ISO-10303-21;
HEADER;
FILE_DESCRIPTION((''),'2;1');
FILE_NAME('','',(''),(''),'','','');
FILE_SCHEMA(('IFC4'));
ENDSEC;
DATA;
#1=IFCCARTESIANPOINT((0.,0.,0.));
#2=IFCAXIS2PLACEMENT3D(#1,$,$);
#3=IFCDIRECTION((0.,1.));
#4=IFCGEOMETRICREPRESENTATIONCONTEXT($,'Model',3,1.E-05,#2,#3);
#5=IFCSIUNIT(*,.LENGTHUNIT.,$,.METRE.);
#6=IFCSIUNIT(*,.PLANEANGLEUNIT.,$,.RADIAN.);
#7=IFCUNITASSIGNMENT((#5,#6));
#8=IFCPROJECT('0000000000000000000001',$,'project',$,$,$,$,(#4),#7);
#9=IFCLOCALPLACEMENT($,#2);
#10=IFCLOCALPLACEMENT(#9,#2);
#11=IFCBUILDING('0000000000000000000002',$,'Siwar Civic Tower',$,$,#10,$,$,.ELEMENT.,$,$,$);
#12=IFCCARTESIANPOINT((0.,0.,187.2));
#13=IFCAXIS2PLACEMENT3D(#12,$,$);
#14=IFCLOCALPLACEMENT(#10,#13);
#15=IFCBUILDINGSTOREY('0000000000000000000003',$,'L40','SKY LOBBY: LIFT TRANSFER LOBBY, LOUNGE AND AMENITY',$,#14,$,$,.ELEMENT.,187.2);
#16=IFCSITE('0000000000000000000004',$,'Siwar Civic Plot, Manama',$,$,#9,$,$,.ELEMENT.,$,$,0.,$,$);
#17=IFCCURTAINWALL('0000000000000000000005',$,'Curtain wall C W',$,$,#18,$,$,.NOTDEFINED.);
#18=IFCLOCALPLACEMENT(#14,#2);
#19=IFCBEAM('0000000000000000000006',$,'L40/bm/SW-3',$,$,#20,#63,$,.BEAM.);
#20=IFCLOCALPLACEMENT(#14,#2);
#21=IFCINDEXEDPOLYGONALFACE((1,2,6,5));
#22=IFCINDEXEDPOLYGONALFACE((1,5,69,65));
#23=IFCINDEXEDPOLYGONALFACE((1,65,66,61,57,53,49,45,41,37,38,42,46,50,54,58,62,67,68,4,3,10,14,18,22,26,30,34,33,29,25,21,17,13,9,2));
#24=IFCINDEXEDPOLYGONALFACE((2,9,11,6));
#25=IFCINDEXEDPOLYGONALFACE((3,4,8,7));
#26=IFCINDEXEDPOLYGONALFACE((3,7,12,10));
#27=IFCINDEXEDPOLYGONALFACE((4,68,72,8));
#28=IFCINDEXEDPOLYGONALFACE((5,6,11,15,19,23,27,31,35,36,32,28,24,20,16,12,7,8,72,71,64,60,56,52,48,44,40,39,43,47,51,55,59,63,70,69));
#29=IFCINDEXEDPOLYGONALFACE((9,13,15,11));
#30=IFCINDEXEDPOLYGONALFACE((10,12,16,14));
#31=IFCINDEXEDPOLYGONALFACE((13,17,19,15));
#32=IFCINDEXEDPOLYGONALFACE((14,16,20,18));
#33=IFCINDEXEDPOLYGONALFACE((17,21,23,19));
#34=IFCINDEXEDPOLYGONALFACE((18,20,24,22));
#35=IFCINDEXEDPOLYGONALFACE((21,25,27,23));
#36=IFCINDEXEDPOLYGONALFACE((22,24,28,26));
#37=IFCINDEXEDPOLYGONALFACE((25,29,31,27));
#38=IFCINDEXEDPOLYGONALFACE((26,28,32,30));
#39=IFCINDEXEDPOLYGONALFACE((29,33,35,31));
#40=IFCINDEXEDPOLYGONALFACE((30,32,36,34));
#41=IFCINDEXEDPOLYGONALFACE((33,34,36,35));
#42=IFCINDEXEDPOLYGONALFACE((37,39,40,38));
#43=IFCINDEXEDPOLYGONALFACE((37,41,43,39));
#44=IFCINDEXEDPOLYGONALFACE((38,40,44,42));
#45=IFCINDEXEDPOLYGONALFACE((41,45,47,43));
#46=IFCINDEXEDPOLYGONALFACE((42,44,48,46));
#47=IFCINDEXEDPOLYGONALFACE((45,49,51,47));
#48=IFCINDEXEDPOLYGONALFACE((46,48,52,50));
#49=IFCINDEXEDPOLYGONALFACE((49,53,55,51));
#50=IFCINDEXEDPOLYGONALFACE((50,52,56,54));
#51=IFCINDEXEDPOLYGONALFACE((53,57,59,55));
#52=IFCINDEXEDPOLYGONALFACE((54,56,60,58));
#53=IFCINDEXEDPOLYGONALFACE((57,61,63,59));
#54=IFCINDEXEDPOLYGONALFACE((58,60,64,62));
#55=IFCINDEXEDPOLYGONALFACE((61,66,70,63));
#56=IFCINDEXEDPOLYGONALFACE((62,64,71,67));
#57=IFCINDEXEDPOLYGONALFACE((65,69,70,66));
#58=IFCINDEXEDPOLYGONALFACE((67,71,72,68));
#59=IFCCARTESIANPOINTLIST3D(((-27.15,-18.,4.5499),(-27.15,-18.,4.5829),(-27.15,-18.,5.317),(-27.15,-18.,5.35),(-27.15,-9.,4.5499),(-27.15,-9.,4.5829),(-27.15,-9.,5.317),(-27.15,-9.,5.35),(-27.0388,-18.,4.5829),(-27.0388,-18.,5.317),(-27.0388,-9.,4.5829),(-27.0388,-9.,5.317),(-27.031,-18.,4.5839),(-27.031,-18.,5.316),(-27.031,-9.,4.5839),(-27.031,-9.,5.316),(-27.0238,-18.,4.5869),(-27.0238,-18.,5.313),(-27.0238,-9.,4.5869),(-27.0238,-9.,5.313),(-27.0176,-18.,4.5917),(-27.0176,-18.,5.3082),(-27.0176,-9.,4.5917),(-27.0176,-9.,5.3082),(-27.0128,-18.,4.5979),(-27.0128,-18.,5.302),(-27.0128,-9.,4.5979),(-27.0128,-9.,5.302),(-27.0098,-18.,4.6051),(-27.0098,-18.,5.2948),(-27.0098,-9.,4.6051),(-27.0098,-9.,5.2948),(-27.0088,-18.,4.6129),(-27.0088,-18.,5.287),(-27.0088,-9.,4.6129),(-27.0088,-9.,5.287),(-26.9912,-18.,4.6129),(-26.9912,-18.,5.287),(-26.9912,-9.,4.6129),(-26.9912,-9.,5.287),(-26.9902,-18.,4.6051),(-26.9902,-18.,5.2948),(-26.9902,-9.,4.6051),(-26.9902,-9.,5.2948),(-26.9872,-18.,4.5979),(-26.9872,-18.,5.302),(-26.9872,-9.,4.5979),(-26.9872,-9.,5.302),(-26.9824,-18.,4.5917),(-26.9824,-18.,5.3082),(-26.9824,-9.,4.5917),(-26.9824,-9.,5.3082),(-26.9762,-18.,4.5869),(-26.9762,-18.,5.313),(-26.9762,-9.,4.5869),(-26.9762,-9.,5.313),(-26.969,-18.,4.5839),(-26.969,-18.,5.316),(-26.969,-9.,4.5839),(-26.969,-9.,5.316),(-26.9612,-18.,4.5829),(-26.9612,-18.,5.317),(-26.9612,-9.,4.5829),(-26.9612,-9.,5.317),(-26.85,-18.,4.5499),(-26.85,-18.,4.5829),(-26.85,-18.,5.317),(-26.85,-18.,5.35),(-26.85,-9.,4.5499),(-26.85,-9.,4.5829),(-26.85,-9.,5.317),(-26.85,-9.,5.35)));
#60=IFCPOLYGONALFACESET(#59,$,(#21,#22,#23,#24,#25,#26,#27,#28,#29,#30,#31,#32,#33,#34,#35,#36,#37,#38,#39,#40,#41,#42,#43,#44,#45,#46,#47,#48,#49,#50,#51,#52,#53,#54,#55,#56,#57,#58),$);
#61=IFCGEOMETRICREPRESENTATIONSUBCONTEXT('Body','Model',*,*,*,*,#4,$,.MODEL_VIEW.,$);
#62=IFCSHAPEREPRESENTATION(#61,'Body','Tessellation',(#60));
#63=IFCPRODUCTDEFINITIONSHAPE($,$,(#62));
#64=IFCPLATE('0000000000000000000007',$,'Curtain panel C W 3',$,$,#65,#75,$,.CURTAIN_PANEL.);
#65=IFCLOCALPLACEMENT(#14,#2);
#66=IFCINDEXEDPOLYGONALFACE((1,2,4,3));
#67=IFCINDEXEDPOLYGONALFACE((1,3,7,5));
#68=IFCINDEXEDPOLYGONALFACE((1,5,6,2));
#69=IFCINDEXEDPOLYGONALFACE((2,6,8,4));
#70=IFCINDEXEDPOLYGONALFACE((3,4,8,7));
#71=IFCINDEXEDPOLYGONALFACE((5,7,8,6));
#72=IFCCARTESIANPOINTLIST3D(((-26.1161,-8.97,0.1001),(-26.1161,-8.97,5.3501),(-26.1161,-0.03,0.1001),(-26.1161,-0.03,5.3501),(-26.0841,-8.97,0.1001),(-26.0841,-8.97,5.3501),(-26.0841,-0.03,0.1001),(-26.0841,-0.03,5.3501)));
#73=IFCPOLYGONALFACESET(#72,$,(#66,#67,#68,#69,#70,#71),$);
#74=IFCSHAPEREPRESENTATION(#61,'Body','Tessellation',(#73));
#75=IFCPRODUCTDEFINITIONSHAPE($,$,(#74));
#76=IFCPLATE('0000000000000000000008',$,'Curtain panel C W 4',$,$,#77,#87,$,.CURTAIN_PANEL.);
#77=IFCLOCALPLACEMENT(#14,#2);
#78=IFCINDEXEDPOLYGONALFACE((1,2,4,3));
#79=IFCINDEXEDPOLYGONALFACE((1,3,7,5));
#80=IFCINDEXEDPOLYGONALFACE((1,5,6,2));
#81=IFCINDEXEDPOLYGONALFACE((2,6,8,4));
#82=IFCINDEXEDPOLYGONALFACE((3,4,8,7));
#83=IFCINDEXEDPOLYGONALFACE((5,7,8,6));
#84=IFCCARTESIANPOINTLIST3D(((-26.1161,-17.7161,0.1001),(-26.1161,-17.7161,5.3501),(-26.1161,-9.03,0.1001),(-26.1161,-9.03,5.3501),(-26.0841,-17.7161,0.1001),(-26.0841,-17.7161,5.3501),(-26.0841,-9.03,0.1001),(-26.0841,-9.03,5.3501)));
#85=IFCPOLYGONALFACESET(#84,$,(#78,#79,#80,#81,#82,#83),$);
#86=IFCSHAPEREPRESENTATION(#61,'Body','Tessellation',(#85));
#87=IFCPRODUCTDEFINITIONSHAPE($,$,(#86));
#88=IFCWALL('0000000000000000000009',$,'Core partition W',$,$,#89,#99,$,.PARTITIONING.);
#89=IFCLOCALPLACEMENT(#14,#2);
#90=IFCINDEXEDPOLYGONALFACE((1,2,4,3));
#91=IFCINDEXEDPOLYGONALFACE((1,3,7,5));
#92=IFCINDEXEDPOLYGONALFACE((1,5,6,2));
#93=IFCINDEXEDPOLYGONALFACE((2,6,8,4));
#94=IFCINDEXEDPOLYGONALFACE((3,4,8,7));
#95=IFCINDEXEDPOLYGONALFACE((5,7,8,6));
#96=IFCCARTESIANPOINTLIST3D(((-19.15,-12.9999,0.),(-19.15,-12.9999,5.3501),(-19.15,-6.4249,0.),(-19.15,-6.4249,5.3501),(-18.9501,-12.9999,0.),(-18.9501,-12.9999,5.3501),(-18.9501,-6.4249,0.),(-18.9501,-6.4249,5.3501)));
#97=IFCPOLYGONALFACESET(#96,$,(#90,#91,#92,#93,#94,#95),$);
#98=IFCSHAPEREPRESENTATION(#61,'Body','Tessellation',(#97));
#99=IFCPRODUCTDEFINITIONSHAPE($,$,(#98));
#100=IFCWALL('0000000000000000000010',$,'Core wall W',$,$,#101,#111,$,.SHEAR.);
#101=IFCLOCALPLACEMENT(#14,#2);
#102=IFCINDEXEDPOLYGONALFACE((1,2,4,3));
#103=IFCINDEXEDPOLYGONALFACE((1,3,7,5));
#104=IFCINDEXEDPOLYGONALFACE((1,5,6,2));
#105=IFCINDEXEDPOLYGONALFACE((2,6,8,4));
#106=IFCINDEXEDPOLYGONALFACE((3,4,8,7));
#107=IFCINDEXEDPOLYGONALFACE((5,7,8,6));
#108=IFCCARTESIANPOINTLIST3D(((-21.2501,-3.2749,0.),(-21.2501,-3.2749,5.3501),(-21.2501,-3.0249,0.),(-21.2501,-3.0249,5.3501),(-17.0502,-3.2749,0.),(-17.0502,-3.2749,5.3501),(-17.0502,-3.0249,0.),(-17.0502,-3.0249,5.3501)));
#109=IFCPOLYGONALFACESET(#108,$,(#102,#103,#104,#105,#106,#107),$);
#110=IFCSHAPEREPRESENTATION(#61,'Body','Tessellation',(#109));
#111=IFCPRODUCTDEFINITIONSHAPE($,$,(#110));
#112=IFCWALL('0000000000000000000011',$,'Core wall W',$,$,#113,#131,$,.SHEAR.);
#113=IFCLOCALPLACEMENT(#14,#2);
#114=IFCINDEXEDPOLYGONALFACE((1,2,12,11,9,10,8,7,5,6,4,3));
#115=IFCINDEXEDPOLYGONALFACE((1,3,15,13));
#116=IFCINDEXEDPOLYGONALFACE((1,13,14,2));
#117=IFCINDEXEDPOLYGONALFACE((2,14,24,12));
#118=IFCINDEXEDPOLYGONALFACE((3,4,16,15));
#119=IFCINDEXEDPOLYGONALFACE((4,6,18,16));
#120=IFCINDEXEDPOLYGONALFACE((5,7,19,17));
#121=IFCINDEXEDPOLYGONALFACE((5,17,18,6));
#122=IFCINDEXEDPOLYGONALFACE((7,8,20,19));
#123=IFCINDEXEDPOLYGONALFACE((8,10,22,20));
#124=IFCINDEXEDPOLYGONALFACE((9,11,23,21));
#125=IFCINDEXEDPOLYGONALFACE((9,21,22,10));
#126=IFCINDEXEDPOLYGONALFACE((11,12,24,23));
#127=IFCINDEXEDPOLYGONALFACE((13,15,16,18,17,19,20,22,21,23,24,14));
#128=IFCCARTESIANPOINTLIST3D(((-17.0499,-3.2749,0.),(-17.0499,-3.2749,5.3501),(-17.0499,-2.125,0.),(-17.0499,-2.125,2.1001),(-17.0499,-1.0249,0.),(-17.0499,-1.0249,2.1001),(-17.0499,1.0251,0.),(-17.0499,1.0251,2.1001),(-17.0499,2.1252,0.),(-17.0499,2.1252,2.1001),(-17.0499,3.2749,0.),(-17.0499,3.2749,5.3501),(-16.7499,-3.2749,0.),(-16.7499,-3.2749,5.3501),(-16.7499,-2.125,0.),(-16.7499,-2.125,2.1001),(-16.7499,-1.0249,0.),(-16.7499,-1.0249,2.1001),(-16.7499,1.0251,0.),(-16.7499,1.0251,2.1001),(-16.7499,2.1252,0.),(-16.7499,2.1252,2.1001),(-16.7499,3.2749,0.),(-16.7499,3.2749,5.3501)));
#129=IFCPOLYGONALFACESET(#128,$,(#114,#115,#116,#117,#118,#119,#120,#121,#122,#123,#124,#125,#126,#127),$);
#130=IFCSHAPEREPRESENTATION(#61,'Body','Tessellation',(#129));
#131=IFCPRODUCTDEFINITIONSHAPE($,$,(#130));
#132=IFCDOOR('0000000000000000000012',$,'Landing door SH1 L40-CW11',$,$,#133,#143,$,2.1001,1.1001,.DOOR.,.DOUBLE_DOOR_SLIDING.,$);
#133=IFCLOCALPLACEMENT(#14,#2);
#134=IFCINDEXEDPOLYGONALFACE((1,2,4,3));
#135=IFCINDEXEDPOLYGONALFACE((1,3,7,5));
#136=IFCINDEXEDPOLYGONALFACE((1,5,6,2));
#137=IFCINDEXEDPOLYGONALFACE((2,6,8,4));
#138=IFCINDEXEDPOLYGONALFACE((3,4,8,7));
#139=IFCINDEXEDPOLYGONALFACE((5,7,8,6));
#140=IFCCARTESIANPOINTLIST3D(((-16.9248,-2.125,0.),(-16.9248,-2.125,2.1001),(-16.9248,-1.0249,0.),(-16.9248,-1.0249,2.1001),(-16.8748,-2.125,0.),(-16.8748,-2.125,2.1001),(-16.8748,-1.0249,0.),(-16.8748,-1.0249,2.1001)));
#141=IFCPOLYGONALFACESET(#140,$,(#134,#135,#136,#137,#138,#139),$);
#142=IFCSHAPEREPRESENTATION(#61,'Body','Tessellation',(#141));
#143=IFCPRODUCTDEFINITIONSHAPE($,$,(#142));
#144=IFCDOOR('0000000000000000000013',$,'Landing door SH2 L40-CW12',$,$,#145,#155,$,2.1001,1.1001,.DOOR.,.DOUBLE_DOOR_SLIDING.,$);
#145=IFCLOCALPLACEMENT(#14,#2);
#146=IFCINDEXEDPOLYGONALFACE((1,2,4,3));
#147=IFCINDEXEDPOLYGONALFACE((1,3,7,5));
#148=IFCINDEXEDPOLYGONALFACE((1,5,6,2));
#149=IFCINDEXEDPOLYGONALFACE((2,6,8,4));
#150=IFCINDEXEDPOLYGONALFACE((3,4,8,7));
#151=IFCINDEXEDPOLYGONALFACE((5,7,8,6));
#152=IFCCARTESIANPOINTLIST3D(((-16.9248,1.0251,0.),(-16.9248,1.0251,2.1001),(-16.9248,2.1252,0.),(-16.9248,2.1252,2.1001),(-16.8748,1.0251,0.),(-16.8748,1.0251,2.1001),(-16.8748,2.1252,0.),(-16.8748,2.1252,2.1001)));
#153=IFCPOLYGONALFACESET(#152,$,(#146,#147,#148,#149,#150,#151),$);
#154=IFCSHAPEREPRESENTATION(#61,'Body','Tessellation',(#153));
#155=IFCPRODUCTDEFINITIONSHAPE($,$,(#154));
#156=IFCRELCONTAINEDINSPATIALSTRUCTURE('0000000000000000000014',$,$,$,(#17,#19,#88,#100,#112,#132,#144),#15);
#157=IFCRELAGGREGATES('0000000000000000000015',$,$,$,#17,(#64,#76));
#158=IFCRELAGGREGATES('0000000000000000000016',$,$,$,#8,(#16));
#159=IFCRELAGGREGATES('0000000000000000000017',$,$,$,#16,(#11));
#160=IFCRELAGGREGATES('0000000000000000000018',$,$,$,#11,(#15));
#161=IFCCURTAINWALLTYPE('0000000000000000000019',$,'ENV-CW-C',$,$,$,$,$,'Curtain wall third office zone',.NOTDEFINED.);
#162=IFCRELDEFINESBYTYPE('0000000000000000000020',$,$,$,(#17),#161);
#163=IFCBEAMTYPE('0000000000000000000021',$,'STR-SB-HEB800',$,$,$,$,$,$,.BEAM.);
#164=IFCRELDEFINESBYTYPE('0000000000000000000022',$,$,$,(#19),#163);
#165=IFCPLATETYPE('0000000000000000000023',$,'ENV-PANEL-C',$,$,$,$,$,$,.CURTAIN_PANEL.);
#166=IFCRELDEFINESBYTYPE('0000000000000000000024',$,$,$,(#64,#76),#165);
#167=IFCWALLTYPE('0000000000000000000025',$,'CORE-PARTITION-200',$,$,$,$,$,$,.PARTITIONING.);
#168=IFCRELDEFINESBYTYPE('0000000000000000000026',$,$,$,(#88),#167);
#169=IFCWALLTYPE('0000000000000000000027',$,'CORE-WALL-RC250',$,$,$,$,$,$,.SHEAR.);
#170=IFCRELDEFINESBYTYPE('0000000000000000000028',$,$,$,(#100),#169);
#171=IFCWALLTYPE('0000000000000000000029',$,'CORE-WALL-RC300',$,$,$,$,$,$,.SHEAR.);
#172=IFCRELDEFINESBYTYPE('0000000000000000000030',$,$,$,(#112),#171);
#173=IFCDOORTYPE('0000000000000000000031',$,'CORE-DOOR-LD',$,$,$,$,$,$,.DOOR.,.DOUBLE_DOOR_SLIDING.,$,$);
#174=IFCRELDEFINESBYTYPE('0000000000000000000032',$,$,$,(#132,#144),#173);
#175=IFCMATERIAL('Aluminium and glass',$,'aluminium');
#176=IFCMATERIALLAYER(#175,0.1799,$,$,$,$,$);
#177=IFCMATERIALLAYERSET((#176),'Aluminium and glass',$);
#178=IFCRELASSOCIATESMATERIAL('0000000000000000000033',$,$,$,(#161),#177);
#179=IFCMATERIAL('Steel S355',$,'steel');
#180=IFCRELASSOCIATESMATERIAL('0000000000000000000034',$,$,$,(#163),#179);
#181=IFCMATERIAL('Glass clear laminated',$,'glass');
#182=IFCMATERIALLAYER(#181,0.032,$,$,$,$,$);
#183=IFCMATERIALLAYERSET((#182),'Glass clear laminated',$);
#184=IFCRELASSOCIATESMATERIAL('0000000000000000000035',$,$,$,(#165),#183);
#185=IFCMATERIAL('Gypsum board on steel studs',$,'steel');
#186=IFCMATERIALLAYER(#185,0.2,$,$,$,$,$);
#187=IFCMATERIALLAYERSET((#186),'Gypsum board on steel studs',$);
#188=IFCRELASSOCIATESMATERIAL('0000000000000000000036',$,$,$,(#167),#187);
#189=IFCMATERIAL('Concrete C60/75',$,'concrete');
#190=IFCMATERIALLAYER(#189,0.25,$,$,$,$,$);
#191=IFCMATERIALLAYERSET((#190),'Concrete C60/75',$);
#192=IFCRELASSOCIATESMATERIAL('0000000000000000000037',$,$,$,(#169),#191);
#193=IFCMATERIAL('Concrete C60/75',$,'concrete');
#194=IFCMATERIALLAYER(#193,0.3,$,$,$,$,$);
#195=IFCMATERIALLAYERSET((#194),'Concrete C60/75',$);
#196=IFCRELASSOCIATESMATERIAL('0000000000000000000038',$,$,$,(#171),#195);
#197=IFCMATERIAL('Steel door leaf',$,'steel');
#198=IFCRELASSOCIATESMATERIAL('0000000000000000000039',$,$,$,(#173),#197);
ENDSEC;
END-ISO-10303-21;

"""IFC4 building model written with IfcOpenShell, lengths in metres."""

from ifc_helpers import new_model, si_unit, direction, frame, frame_2d, origin, origin_2d, place, context, subcontext, project, spatial, rectangle, i_section, extrude, material, layer, layer_set, material_profile, profile_set, type_object, element, fill, aggregate, save


model = new_model("IFC4")

# Units and contexts
model_context = context("Model", 3, precision=1e-05, world=origin(), true_north=direction((0.0, 1.0)))
body_context = subcontext(model_context, "Body", "Model", "MODEL_VIEW")
ifc_project = project(units=[si_unit("LENGTHUNIT", "METRE"), si_unit("PLANEANGLEUNIT", "RADIAN")], contexts=[model_context])

# Site, building, storey
site_placement = place(None, origin())
site = spatial("IfcSite", under=ifc_project, at=site_placement, Name="Siwar Civic Plot, Manama", CompositionType="ELEMENT", RefElevation=0.0)
building_placement = place(site_placement, origin())
building = spatial("IfcBuilding", under=site, at=building_placement, Name="Siwar Civic Tower", CompositionType="ELEMENT")
storey_placement = place(building_placement, frame((0.0, 0.0, 187.2)))
storey = spatial("IfcBuildingStorey", under=building, at=storey_placement, Name="L40", Description="SKY LOBBY: LIFT TRANSFER LOBBY, LOUNGE AND AMENITY", CompositionType="ELEMENT", Elevation=187.2)

# Curtain wall
ifc_material_1 = material(Name="Aluminium and glass", Category="aluminium")
ifc_layer_1 = layer(ifc_material_1, 0.1799)
ifc_layer_set_1 = layer_set([ifc_layer_1], Name="Aluminium and glass")
curtain_wall_type = type_object("IfcCurtainWallType", Name="ENV-CW-C", ElementType="Curtain wall third office zone", PredefinedType="NOTDEFINED", material=ifc_layer_set_1)
curtain_wall_placement = place(storey_placement, origin())
curtain_wall = element("IfcCurtainWall", 1, at=curtain_wall_placement, inside=storey, type_object=curtain_wall_type, Name="Curtain wall C W", PredefinedType="NOTDEFINED")

# Beam
ifc_material_2 = material(Name="Steel S355", Category="steel")
ifc_material_profile_1 = material_profile(ifc_material_2, i_section(OverallWidth=0.3, OverallDepth=0.8, WebThickness=0.0176, FlangeThickness=0.033, FilletRadius=0.03, at=origin_2d()), Name="HEB800")
ifc_profile_set_1 = profile_set([ifc_material_profile_1], Name="Steel S355")
beam_type_1 = type_object("IfcBeamType", Name="STR-SB-HEB800", PredefinedType="BEAM", material=ifc_profile_set_1)
for number, where, z_axis, x_axis, name in (
    (2, (-27.0, -9.0, 4.95), (0.0, -1.0, 0.0), (1.0, 0.0, 0.0), "L40/bm/SW-3"),
):
    element("IfcBeam", number, at=place(storey_placement, frame(where, z_axis=z_axis, x_axis=x_axis)), inside=storey, type_object=beam_type_1, Name=name, PredefinedType="BEAM", context=body_context, shape_type="SweptSolid", body=[
        extrude(i_section(OverallWidth=0.3, OverallDepth=0.8, WebThickness=0.0176, FlangeThickness=0.033, FilletRadius=0.03, at=origin_2d()), origin(), (0.0, 0.0, 1.0), 9.0),
    ])

# Plates
ifc_material_3 = material(Name="Glass clear laminated", Category="glass")
ifc_layer_2 = layer(ifc_material_3, 0.032)
ifc_layer_set_2 = layer_set([ifc_layer_2], Name="Glass clear laminated")
plate_type = type_object("IfcPlateType", Name="ENV-PANEL-C", PredefinedType="CURTAIN_PANEL", material=ifc_layer_set_2)
plate_1_placement = place(storey_placement, frame((-26.1001, -4.5, 0.1001), z_axis=(0.0, 0.0, 1.0), x_axis=(0.0, -1.0, 0.0)))
plate_1 = element("IfcPlate", 3, at=plate_1_placement, type_object=plate_type, Name="Curtain panel C W 3", PredefinedType="CURTAIN_PANEL", context=body_context, shape_type="SweptSolid", body=[
    extrude(rectangle(XDim=8.9399, YDim=0.032, at=origin_2d()), origin(), (0.0, 0.0, 1.0), 5.25),
])
plate_2_placement = place(storey_placement, frame((-26.1001, -13.373, 0.1001), z_axis=(0.0, 0.0, 1.0), x_axis=(0.0, -1.0, 0.0)))
plate_2 = element("IfcPlate", 4, at=plate_2_placement, type_object=plate_type, Name="Curtain panel C W 4", PredefinedType="CURTAIN_PANEL", context=body_context, shape_type="SweptSolid", body=[
    extrude(rectangle(XDim=8.686, YDim=0.032, at=origin_2d()), origin(), (0.0, 0.0, 1.0), 5.25),
])
aggregate(curtain_wall, [plate_1, plate_2])

# Walls
ifc_material_4 = material(Name="Gypsum board on steel studs", Category="steel")
ifc_layer_3 = layer(ifc_material_4, 0.2)
ifc_layer_set_3 = layer_set([ifc_layer_3], Name="Gypsum board on steel studs")
wall_type_1 = type_object("IfcWallType", Name="CORE-PARTITION-200", PredefinedType="PARTITIONING", material=ifc_layer_set_3)
wall_1_placement = place(storey_placement, frame((-19.05, -13.0, 0.0), z_axis=(0.0, 0.0, 1.0), x_axis=(0.0, 1.0, 0.0)))
element("IfcWall", 5, at=wall_1_placement, inside=storey, type_object=wall_type_1, Name="Core partition W", PredefinedType="PARTITIONING", context=body_context, shape_type="SweptSolid", body=[
    extrude(rectangle(XDim=6.575, YDim=0.2, at=frame_2d((3.2876, 0.0))), origin(), (0.0, 0.0, 1.0), 5.3501),
])
ifc_material_5 = material(Name="Concrete C60/75", Category="concrete")
ifc_layer_4 = layer(ifc_material_5, 0.25)
ifc_layer_set_4 = layer_set([ifc_layer_4], Name="Concrete C60/75")
wall_type_2 = type_object("IfcWallType", Name="CORE-WALL-RC250", PredefinedType="SHEAR", material=ifc_layer_set_4)
wall_2_placement = place(storey_placement, frame((-17.05, -3.1499, 0.0), z_axis=(0.0, 0.0, 1.0), x_axis=(-1.0, 0.0, 0.0)))
element("IfcWall", 6, at=wall_2_placement, inside=storey, type_object=wall_type_2, Name="Core wall W", PredefinedType="SHEAR", context=body_context, shape_type="SweptSolid", body=[
    extrude(rectangle(XDim=4.2, YDim=0.25, at=frame_2d((2.1001, 0.0))), origin(), (0.0, 0.0, 1.0), 5.3501),
])

# Wall, openings, doors
ifc_material_6 = material(Name="Concrete C60/75", Category="concrete")
ifc_layer_5 = layer(ifc_material_6, 0.3)
ifc_layer_set_5 = layer_set([ifc_layer_5], Name="Concrete C60/75")
wall_type_3 = type_object("IfcWallType", Name="CORE-WALL-RC300", PredefinedType="SHEAR", material=ifc_layer_set_5)
wall_3_placement = place(storey_placement, frame((-16.8999, -3.2749, 0.0), z_axis=(0.0, 0.0, 1.0), x_axis=(0.0, 1.0, 0.0)))
wall_3 = element("IfcWall", 7, at=wall_3_placement, inside=storey, type_object=wall_type_3, Name="Core wall W", PredefinedType="SHEAR", context=body_context, shape_type="SweptSolid", body=[
    extrude(rectangle(XDim=6.5498, YDim=0.3, at=frame_2d((3.2749, 0.0))), origin(), (0.0, 0.0, 1.0), 5.3501),
])
opening_1_placement = place(wall_3_placement, frame((1.1499, 0.0, 0.0)))
opening_1 = element("IfcOpeningElement", 8, at=opening_1_placement, cuts=wall_3, PredefinedType="OPENING", context=body_context, shape_type="SweptSolid", body=[
    extrude(rectangle(XDim=1.1001, YDim=2.1001, at=frame_2d((0.55, 1.05))), frame((0.0, 0.1602, 0.0), z_axis=(0.0, -1.0, 0.0), x_axis=(1.0, 0.0, 0.0)), (0.0, 0.0, 1.0), 0.3201),
])
opening_2_placement = place(wall_3_placement, frame((4.3, 0.0, 0.0)))
opening_2 = element("IfcOpeningElement", 9, at=opening_2_placement, cuts=wall_3, PredefinedType="OPENING", context=body_context, shape_type="SweptSolid", body=[
    extrude(rectangle(XDim=1.1001, YDim=2.1001, at=frame_2d((0.55, 1.05))), frame((0.0, 0.1602, 0.0), z_axis=(0.0, -1.0, 0.0), x_axis=(1.0, 0.0, 0.0)), (0.0, 0.0, 1.0), 0.3201),
])
ifc_material_7 = material(Name="Steel door leaf", Category="steel")
door_type_1 = type_object("IfcDoorType", Name="CORE-DOOR-LD", OperationType="DOUBLE_DOOR_SLIDING", PredefinedType="DOOR", material=ifc_material_7)
door_1_placement = place(opening_1_placement, origin())
door_1 = element("IfcDoor", 10, at=door_1_placement, inside=storey, type_object=door_type_1, Name="Landing door SH1 L40-CW11", OperationType="DOUBLE_DOOR_SLIDING", OverallHeight=2.1001, OverallWidth=1.1001, PredefinedType="DOOR", context=body_context, shape_type="SweptSolid", body=[
    extrude(rectangle(XDim=1.1001, YDim=2.1001, at=frame_2d((0.55, 1.05))), frame((0.0, 0.0249, 0.0), z_axis=(0.0, -1.0, 0.0), x_axis=(1.0, 0.0, 0.0)), (0.0, 0.0, 1.0), 0.05),
])
fill(opening_1, door_1)
door_2_placement = place(opening_2_placement, origin())
door_2 = element("IfcDoor", 11, at=door_2_placement, inside=storey, type_object=door_type_1, Name="Landing door SH2 L40-CW12", OperationType="DOUBLE_DOOR_SLIDING", OverallHeight=2.1001, OverallWidth=1.1001, PredefinedType="DOOR", context=body_context, shape_type="SweptSolid", body=[
    extrude(rectangle(XDim=1.1001, YDim=2.1001, at=frame_2d((0.55, 1.05))), frame((0.0, 0.0249, 0.0), z_axis=(0.0, -1.0, 0.0), x_axis=(1.0, 0.0, 0.0)), (0.0, 0.0, 1.0), 0.05),
])
fill(opening_2, door_2)

save(model, "model.ifc")
